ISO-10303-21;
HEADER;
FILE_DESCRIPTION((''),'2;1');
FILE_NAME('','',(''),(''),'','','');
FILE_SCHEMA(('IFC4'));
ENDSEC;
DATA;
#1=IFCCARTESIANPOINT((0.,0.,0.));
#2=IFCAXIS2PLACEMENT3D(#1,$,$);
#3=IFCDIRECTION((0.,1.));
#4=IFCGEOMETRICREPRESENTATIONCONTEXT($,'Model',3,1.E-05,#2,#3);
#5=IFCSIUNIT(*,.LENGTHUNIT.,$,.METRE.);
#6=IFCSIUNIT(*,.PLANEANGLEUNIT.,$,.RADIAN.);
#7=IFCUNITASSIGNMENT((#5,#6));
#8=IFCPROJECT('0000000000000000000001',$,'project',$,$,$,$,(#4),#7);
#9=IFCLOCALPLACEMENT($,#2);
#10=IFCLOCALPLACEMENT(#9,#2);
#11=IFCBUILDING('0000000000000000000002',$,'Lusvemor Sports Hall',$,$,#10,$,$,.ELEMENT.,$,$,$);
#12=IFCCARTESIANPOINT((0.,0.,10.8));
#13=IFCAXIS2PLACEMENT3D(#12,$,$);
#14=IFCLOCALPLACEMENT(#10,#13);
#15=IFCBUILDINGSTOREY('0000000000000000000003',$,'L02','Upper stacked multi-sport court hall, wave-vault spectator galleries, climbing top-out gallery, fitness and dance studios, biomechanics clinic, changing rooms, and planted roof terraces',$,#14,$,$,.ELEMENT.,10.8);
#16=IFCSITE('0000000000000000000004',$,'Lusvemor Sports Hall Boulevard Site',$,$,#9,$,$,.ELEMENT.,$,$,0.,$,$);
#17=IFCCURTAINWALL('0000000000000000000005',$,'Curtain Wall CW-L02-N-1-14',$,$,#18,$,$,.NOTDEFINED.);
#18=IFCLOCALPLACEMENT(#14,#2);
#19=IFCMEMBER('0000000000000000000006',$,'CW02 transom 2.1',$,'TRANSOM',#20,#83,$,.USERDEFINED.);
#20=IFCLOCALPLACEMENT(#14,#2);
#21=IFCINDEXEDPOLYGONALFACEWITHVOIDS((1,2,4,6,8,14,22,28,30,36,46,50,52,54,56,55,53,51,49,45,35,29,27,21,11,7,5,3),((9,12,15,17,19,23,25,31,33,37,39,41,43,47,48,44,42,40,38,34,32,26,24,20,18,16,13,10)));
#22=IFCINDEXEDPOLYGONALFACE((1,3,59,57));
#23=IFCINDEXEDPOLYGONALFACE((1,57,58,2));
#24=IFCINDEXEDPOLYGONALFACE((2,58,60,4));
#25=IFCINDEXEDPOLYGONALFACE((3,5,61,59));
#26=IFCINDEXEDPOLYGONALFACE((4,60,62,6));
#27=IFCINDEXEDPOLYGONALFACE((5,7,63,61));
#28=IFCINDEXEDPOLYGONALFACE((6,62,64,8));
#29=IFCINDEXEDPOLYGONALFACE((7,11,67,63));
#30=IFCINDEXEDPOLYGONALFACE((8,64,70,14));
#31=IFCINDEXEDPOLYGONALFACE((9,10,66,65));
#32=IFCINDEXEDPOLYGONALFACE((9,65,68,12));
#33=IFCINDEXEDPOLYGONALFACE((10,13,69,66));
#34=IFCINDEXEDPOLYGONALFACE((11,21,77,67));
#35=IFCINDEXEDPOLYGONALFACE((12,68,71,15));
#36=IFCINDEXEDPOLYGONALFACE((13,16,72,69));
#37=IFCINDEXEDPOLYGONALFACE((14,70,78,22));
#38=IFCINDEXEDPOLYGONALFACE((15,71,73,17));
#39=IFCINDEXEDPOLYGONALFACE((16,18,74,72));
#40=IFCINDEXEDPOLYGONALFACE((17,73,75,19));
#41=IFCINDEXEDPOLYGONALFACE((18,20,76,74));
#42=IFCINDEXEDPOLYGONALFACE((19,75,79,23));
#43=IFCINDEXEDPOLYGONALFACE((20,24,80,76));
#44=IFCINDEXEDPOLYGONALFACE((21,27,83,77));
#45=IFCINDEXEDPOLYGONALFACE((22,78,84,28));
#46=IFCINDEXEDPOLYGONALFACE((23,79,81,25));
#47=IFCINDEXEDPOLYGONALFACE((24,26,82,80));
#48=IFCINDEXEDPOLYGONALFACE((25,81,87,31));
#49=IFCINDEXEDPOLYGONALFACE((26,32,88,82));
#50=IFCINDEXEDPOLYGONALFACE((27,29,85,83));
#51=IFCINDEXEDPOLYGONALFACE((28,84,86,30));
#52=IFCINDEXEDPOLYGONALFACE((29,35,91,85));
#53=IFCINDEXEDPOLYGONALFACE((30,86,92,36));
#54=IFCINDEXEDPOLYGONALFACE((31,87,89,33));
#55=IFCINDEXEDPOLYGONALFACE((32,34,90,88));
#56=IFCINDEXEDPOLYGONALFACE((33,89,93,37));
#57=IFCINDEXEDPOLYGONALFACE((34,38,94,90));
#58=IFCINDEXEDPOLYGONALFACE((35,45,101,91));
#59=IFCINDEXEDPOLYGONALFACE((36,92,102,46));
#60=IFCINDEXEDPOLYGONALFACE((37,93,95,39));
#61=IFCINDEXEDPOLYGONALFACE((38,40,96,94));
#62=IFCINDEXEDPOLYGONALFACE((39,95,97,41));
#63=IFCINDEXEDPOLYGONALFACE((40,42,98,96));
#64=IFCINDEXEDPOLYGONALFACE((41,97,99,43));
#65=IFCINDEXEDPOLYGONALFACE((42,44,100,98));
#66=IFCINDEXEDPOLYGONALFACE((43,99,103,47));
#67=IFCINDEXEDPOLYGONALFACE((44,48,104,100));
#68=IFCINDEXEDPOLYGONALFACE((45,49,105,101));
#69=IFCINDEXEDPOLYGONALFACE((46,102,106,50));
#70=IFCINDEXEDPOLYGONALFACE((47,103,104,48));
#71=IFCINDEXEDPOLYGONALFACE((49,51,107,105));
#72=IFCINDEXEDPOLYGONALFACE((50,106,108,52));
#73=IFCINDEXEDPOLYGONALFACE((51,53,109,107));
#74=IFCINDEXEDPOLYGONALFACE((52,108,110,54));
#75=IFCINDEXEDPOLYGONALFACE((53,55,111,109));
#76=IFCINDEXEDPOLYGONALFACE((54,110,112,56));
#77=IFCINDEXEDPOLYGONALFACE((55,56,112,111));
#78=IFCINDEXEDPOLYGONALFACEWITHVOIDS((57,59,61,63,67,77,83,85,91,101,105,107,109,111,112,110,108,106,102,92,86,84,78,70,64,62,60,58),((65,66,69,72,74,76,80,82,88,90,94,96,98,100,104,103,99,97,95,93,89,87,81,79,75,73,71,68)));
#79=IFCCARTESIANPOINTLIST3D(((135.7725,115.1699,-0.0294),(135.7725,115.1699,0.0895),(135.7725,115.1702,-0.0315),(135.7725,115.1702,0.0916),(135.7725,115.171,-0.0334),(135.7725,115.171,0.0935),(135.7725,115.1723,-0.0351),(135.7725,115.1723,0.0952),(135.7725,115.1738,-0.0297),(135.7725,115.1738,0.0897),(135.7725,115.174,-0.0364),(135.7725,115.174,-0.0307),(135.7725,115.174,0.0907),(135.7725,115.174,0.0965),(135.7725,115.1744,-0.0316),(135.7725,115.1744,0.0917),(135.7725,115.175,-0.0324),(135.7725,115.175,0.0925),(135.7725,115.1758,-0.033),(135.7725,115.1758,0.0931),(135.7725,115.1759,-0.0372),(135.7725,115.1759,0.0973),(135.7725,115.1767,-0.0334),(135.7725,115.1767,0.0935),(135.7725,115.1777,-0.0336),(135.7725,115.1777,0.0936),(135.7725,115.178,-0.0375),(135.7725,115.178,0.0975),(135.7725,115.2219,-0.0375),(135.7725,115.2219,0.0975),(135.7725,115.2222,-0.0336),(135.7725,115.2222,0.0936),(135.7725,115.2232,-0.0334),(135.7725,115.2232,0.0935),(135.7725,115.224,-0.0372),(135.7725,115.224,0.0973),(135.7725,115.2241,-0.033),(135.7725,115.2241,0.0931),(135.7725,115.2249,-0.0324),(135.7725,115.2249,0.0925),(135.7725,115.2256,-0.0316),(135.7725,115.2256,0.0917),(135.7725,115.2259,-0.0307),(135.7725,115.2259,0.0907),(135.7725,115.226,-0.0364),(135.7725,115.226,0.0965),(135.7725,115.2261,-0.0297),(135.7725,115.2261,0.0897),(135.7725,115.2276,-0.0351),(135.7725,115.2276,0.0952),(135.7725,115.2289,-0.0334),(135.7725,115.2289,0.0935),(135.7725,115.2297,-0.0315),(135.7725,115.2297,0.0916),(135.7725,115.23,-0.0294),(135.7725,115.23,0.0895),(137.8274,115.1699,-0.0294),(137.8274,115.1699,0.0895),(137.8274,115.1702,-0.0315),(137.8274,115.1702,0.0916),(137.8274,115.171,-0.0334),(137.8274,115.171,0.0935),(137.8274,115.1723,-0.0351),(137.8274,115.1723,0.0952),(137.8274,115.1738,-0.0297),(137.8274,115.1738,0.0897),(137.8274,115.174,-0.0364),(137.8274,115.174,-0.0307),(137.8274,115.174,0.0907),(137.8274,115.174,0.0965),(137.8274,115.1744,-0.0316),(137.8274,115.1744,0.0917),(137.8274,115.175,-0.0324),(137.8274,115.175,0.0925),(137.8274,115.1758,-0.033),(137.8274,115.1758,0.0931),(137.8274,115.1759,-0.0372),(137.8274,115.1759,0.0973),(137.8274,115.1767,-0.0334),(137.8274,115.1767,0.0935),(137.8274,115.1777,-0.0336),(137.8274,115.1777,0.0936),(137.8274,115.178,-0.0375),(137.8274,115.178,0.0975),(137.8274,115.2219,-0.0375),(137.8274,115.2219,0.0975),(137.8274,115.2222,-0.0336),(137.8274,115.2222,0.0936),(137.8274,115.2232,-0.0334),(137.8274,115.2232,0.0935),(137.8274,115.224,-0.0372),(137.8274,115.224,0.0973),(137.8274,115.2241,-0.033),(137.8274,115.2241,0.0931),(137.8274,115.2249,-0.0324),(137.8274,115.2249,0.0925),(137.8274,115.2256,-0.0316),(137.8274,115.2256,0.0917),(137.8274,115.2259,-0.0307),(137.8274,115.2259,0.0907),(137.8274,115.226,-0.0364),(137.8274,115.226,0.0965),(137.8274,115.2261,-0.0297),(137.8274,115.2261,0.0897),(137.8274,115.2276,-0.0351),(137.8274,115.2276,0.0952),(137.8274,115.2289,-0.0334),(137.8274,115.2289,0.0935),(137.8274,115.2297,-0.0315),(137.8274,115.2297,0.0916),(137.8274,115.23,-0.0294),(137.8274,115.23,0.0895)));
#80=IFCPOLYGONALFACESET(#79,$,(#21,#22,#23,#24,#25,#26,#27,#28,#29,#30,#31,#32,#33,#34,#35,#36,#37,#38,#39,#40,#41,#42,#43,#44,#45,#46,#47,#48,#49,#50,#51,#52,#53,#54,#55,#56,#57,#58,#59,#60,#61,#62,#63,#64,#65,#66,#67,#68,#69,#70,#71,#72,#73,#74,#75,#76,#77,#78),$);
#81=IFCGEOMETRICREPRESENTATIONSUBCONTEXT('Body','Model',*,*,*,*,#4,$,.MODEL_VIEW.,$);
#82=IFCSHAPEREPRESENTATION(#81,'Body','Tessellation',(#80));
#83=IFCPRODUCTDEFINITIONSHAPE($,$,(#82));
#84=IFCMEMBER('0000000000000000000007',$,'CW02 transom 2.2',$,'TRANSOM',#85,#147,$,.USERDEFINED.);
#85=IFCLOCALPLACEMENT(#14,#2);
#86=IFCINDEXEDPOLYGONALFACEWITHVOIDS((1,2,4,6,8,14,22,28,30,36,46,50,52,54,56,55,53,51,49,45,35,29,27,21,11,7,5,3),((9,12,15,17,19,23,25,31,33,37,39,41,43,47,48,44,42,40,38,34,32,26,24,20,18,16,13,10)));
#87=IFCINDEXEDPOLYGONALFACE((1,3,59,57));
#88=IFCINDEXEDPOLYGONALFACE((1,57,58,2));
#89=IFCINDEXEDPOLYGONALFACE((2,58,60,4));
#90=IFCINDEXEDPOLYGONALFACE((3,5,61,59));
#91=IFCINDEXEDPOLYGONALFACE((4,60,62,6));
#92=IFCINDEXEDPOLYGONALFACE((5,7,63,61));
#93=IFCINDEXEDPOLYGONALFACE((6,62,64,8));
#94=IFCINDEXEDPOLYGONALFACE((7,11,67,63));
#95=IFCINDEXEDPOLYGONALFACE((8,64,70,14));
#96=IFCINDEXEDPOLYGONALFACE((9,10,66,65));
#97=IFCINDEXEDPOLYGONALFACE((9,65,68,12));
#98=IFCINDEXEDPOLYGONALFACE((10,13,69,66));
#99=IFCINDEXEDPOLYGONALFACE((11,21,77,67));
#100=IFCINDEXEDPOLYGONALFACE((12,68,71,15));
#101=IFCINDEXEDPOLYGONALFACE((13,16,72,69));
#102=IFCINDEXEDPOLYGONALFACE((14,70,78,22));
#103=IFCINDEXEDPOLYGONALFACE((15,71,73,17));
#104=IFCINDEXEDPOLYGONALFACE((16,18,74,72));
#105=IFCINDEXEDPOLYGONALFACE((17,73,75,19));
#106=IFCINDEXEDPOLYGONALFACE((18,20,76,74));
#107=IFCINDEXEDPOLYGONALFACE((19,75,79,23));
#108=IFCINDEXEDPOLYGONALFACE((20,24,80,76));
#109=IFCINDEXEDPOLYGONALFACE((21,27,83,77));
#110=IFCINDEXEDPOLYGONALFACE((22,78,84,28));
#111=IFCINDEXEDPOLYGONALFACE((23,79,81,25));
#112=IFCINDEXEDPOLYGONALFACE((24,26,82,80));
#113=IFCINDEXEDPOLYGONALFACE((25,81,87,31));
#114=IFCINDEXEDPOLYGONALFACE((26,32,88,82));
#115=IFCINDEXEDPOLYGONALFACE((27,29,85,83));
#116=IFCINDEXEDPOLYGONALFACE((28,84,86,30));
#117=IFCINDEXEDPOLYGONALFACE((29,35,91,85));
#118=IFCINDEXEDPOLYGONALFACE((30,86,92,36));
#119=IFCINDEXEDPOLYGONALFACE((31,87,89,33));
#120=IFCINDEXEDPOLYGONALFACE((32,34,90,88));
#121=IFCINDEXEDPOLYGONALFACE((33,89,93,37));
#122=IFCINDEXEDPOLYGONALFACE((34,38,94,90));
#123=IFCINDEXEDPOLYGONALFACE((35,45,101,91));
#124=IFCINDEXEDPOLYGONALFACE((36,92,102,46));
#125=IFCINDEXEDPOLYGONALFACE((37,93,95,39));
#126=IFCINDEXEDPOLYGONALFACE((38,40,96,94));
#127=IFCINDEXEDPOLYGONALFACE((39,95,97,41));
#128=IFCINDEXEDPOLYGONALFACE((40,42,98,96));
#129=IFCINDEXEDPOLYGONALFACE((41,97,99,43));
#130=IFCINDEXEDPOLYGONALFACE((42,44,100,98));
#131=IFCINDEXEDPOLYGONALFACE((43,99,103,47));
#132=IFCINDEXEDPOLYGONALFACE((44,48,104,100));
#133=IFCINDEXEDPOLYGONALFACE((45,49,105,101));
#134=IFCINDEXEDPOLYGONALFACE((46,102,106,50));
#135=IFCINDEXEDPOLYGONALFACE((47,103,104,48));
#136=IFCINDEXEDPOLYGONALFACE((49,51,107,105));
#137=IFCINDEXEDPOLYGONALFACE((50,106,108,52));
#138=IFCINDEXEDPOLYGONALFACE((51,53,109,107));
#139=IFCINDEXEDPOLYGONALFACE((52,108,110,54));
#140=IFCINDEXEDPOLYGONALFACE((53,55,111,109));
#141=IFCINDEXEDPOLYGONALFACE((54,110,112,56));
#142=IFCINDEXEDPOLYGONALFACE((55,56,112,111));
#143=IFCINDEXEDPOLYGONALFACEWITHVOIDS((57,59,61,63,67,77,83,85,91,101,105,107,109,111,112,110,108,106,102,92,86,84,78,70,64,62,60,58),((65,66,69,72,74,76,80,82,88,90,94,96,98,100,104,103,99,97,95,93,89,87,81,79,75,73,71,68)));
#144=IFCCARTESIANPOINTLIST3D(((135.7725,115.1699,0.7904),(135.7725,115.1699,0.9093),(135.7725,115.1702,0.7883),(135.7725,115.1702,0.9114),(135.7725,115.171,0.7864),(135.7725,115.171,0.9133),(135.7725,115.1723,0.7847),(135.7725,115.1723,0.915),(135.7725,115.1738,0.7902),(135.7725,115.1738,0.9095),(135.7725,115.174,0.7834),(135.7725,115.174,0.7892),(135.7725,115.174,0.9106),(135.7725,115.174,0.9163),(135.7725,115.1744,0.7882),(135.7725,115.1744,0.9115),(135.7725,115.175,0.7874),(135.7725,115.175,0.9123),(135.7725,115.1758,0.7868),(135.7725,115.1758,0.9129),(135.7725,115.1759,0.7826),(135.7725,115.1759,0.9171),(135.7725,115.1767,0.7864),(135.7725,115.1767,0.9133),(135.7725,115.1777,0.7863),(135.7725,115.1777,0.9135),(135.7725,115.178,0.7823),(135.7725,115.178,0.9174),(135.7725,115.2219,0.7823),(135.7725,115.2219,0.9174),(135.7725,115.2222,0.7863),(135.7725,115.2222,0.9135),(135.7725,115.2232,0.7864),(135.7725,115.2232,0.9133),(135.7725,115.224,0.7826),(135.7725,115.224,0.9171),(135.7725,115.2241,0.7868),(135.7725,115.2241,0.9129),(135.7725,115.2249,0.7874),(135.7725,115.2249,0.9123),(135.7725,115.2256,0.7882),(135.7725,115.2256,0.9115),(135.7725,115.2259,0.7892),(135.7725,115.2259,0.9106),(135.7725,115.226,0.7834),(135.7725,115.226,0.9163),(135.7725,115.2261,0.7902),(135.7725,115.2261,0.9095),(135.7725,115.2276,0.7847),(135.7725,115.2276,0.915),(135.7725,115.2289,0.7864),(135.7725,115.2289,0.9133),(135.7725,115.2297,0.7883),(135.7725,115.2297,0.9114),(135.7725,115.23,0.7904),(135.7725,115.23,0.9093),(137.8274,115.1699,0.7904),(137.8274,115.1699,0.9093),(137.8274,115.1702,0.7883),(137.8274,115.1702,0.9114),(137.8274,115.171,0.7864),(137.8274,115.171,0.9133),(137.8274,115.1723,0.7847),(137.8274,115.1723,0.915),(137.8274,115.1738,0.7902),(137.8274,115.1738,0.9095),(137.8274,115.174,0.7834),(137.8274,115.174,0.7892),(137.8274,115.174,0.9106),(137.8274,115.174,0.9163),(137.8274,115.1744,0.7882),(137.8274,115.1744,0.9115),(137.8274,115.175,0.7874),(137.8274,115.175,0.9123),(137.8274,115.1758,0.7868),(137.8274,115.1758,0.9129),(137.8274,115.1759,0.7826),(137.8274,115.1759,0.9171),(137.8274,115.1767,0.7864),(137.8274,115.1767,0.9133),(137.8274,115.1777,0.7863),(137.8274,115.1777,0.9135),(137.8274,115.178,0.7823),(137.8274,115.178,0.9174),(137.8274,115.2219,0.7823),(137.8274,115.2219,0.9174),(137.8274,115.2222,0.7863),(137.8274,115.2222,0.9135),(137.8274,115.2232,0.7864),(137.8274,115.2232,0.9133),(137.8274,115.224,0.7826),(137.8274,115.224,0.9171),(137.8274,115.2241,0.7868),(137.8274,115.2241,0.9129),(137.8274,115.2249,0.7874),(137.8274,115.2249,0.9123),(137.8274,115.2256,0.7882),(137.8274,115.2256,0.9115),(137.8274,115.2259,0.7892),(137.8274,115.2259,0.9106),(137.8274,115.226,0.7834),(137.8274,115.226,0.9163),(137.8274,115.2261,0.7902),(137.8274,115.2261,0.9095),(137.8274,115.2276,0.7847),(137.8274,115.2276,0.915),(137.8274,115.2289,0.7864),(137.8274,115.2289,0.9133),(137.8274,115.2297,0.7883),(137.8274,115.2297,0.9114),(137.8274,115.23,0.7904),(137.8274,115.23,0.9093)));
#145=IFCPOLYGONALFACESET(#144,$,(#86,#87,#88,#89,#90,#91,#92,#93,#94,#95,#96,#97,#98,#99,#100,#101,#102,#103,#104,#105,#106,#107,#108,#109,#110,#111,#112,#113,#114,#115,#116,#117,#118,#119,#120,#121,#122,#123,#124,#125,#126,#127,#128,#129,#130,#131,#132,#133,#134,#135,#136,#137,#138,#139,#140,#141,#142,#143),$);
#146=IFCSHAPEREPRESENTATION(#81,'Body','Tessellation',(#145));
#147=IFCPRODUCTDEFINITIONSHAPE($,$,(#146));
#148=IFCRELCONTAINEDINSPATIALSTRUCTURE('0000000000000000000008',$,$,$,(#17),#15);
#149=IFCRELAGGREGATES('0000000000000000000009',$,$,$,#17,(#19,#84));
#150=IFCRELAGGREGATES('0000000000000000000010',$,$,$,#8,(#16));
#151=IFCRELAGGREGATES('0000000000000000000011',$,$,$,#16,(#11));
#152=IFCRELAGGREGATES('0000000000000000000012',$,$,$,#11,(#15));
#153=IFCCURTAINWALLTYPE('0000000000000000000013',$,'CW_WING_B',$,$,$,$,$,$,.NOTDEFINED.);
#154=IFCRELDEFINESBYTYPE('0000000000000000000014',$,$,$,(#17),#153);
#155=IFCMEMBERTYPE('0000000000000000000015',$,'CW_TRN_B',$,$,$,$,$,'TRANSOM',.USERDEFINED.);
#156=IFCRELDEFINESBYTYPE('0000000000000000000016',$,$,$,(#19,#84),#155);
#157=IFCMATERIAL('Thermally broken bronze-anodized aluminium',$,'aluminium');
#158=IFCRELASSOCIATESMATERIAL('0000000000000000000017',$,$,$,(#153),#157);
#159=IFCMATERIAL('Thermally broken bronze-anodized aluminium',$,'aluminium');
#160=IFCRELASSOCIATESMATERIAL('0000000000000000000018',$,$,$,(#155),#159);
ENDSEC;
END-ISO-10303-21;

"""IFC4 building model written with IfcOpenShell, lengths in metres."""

from ifc_helpers import new_model, si_unit, direction, frame, origin, origin_2d, place, context, subcontext, project, spatial, hollow_rectangle, extrude, material, material_profile, profile_set, type_object, element, aggregate, save


model = new_model("IFC4")

# Units and contexts
model_context = context("Model", 3, precision=1e-05, world=origin(), true_north=direction((0.0, 1.0)))
body_context = subcontext(model_context, "Body", "Model", "MODEL_VIEW")
ifc_project = project(units=[si_unit("LENGTHUNIT", "METRE"), si_unit("PLANEANGLEUNIT", "RADIAN")], contexts=[model_context])

# Site, building, storey
site_placement = place(None, origin())
site = spatial("IfcSite", under=ifc_project, at=site_placement, Name="Lusvemor Sports Hall Boulevard Site", CompositionType="ELEMENT", RefElevation=0.0)
building_placement = place(site_placement, origin())
building = spatial("IfcBuilding", under=site, at=building_placement, Name="Lusvemor Sports Hall", CompositionType="ELEMENT")
storey_placement = place(building_placement, frame((0.0, 0.0, 10.8)))
storey = spatial("IfcBuildingStorey", under=building, at=storey_placement, Name="L02", Description="Upper stacked multi-sport court hall, wave-vault spectator galleries, climbing top-out gallery, fitness and dance studios, biomechanics clinic, changing rooms, and planted roof terraces", CompositionType="ELEMENT", Elevation=10.8)

# Curtain wall, members
ifc_material_1 = material(Name="Thermally broken bronze-anodized aluminium", Category="aluminium")
curtain_wall_type = type_object("IfcCurtainWallType", Name="CW_WING_B", PredefinedType="NOTDEFINED", material=ifc_material_1)
curtain_wall_placement = place(storey_placement, origin())
curtain_wall = element("IfcCurtainWall", 1, at=curtain_wall_placement, inside=storey, type_object=curtain_wall_type, Name="Curtain Wall CW-L02-N-1-14", PredefinedType="NOTDEFINED")
ifc_material_2 = material(Name="Thermally broken bronze-anodized aluminium", Category="aluminium")
ifc_material_profile_1 = material_profile(ifc_material_2, hollow_rectangle(XDim=0.0601, YDim=0.135, WallThickness=0.0039, InnerFilletRadius=0.0039, OuterFilletRadius=0.0081, at=origin_2d()), Name="CWTRN135x60x4")
ifc_profile_set_1 = profile_set([ifc_material_profile_1], Name="Thermally broken bronze-anodized aluminium")
member_type_1 = type_object("IfcMemberType", Name="CW_TRN_B", ElementType="TRANSOM", PredefinedType="USERDEFINED", material=ifc_profile_set_1)
member_1_placement = place(storey_placement, frame((135.7725, 115.2, 0.03), z_axis=(1.0, 0.0, 0.0), x_axis=(0.0, 1.0, 0.0)))
member_1 = element("IfcMember", 2, at=member_1_placement, type_object=member_type_1, Name="CW02 transom 2.1", ObjectType="TRANSOM", PredefinedType="USERDEFINED", context=body_context, shape_type="SweptSolid", body=[
    extrude(hollow_rectangle(XDim=0.0601, YDim=0.135, WallThickness=0.0039, InnerFilletRadius=0.0039, OuterFilletRadius=0.0081, at=origin_2d()), origin(), (0.0, 0.0, 1.0), 2.0549),
])
member_2_placement = place(storey_placement, frame((135.7725, 115.2, 0.8499), z_axis=(1.0, 0.0, 0.0), x_axis=(0.0, 1.0, 0.0)))
member_2 = element("IfcMember", 3, at=member_2_placement, type_object=member_type_1, Name="CW02 transom 2.2", ObjectType="TRANSOM", PredefinedType="USERDEFINED", context=body_context, shape_type="SweptSolid", body=[
    extrude(hollow_rectangle(XDim=0.0601, YDim=0.135, WallThickness=0.0039, InnerFilletRadius=0.0039, OuterFilletRadius=0.0081, at=origin_2d()), origin(), (0.0, 0.0, 1.0), 2.0549),
])

aggregate(curtain_wall, [member_1, member_2])

save(model, "model.ifc")
